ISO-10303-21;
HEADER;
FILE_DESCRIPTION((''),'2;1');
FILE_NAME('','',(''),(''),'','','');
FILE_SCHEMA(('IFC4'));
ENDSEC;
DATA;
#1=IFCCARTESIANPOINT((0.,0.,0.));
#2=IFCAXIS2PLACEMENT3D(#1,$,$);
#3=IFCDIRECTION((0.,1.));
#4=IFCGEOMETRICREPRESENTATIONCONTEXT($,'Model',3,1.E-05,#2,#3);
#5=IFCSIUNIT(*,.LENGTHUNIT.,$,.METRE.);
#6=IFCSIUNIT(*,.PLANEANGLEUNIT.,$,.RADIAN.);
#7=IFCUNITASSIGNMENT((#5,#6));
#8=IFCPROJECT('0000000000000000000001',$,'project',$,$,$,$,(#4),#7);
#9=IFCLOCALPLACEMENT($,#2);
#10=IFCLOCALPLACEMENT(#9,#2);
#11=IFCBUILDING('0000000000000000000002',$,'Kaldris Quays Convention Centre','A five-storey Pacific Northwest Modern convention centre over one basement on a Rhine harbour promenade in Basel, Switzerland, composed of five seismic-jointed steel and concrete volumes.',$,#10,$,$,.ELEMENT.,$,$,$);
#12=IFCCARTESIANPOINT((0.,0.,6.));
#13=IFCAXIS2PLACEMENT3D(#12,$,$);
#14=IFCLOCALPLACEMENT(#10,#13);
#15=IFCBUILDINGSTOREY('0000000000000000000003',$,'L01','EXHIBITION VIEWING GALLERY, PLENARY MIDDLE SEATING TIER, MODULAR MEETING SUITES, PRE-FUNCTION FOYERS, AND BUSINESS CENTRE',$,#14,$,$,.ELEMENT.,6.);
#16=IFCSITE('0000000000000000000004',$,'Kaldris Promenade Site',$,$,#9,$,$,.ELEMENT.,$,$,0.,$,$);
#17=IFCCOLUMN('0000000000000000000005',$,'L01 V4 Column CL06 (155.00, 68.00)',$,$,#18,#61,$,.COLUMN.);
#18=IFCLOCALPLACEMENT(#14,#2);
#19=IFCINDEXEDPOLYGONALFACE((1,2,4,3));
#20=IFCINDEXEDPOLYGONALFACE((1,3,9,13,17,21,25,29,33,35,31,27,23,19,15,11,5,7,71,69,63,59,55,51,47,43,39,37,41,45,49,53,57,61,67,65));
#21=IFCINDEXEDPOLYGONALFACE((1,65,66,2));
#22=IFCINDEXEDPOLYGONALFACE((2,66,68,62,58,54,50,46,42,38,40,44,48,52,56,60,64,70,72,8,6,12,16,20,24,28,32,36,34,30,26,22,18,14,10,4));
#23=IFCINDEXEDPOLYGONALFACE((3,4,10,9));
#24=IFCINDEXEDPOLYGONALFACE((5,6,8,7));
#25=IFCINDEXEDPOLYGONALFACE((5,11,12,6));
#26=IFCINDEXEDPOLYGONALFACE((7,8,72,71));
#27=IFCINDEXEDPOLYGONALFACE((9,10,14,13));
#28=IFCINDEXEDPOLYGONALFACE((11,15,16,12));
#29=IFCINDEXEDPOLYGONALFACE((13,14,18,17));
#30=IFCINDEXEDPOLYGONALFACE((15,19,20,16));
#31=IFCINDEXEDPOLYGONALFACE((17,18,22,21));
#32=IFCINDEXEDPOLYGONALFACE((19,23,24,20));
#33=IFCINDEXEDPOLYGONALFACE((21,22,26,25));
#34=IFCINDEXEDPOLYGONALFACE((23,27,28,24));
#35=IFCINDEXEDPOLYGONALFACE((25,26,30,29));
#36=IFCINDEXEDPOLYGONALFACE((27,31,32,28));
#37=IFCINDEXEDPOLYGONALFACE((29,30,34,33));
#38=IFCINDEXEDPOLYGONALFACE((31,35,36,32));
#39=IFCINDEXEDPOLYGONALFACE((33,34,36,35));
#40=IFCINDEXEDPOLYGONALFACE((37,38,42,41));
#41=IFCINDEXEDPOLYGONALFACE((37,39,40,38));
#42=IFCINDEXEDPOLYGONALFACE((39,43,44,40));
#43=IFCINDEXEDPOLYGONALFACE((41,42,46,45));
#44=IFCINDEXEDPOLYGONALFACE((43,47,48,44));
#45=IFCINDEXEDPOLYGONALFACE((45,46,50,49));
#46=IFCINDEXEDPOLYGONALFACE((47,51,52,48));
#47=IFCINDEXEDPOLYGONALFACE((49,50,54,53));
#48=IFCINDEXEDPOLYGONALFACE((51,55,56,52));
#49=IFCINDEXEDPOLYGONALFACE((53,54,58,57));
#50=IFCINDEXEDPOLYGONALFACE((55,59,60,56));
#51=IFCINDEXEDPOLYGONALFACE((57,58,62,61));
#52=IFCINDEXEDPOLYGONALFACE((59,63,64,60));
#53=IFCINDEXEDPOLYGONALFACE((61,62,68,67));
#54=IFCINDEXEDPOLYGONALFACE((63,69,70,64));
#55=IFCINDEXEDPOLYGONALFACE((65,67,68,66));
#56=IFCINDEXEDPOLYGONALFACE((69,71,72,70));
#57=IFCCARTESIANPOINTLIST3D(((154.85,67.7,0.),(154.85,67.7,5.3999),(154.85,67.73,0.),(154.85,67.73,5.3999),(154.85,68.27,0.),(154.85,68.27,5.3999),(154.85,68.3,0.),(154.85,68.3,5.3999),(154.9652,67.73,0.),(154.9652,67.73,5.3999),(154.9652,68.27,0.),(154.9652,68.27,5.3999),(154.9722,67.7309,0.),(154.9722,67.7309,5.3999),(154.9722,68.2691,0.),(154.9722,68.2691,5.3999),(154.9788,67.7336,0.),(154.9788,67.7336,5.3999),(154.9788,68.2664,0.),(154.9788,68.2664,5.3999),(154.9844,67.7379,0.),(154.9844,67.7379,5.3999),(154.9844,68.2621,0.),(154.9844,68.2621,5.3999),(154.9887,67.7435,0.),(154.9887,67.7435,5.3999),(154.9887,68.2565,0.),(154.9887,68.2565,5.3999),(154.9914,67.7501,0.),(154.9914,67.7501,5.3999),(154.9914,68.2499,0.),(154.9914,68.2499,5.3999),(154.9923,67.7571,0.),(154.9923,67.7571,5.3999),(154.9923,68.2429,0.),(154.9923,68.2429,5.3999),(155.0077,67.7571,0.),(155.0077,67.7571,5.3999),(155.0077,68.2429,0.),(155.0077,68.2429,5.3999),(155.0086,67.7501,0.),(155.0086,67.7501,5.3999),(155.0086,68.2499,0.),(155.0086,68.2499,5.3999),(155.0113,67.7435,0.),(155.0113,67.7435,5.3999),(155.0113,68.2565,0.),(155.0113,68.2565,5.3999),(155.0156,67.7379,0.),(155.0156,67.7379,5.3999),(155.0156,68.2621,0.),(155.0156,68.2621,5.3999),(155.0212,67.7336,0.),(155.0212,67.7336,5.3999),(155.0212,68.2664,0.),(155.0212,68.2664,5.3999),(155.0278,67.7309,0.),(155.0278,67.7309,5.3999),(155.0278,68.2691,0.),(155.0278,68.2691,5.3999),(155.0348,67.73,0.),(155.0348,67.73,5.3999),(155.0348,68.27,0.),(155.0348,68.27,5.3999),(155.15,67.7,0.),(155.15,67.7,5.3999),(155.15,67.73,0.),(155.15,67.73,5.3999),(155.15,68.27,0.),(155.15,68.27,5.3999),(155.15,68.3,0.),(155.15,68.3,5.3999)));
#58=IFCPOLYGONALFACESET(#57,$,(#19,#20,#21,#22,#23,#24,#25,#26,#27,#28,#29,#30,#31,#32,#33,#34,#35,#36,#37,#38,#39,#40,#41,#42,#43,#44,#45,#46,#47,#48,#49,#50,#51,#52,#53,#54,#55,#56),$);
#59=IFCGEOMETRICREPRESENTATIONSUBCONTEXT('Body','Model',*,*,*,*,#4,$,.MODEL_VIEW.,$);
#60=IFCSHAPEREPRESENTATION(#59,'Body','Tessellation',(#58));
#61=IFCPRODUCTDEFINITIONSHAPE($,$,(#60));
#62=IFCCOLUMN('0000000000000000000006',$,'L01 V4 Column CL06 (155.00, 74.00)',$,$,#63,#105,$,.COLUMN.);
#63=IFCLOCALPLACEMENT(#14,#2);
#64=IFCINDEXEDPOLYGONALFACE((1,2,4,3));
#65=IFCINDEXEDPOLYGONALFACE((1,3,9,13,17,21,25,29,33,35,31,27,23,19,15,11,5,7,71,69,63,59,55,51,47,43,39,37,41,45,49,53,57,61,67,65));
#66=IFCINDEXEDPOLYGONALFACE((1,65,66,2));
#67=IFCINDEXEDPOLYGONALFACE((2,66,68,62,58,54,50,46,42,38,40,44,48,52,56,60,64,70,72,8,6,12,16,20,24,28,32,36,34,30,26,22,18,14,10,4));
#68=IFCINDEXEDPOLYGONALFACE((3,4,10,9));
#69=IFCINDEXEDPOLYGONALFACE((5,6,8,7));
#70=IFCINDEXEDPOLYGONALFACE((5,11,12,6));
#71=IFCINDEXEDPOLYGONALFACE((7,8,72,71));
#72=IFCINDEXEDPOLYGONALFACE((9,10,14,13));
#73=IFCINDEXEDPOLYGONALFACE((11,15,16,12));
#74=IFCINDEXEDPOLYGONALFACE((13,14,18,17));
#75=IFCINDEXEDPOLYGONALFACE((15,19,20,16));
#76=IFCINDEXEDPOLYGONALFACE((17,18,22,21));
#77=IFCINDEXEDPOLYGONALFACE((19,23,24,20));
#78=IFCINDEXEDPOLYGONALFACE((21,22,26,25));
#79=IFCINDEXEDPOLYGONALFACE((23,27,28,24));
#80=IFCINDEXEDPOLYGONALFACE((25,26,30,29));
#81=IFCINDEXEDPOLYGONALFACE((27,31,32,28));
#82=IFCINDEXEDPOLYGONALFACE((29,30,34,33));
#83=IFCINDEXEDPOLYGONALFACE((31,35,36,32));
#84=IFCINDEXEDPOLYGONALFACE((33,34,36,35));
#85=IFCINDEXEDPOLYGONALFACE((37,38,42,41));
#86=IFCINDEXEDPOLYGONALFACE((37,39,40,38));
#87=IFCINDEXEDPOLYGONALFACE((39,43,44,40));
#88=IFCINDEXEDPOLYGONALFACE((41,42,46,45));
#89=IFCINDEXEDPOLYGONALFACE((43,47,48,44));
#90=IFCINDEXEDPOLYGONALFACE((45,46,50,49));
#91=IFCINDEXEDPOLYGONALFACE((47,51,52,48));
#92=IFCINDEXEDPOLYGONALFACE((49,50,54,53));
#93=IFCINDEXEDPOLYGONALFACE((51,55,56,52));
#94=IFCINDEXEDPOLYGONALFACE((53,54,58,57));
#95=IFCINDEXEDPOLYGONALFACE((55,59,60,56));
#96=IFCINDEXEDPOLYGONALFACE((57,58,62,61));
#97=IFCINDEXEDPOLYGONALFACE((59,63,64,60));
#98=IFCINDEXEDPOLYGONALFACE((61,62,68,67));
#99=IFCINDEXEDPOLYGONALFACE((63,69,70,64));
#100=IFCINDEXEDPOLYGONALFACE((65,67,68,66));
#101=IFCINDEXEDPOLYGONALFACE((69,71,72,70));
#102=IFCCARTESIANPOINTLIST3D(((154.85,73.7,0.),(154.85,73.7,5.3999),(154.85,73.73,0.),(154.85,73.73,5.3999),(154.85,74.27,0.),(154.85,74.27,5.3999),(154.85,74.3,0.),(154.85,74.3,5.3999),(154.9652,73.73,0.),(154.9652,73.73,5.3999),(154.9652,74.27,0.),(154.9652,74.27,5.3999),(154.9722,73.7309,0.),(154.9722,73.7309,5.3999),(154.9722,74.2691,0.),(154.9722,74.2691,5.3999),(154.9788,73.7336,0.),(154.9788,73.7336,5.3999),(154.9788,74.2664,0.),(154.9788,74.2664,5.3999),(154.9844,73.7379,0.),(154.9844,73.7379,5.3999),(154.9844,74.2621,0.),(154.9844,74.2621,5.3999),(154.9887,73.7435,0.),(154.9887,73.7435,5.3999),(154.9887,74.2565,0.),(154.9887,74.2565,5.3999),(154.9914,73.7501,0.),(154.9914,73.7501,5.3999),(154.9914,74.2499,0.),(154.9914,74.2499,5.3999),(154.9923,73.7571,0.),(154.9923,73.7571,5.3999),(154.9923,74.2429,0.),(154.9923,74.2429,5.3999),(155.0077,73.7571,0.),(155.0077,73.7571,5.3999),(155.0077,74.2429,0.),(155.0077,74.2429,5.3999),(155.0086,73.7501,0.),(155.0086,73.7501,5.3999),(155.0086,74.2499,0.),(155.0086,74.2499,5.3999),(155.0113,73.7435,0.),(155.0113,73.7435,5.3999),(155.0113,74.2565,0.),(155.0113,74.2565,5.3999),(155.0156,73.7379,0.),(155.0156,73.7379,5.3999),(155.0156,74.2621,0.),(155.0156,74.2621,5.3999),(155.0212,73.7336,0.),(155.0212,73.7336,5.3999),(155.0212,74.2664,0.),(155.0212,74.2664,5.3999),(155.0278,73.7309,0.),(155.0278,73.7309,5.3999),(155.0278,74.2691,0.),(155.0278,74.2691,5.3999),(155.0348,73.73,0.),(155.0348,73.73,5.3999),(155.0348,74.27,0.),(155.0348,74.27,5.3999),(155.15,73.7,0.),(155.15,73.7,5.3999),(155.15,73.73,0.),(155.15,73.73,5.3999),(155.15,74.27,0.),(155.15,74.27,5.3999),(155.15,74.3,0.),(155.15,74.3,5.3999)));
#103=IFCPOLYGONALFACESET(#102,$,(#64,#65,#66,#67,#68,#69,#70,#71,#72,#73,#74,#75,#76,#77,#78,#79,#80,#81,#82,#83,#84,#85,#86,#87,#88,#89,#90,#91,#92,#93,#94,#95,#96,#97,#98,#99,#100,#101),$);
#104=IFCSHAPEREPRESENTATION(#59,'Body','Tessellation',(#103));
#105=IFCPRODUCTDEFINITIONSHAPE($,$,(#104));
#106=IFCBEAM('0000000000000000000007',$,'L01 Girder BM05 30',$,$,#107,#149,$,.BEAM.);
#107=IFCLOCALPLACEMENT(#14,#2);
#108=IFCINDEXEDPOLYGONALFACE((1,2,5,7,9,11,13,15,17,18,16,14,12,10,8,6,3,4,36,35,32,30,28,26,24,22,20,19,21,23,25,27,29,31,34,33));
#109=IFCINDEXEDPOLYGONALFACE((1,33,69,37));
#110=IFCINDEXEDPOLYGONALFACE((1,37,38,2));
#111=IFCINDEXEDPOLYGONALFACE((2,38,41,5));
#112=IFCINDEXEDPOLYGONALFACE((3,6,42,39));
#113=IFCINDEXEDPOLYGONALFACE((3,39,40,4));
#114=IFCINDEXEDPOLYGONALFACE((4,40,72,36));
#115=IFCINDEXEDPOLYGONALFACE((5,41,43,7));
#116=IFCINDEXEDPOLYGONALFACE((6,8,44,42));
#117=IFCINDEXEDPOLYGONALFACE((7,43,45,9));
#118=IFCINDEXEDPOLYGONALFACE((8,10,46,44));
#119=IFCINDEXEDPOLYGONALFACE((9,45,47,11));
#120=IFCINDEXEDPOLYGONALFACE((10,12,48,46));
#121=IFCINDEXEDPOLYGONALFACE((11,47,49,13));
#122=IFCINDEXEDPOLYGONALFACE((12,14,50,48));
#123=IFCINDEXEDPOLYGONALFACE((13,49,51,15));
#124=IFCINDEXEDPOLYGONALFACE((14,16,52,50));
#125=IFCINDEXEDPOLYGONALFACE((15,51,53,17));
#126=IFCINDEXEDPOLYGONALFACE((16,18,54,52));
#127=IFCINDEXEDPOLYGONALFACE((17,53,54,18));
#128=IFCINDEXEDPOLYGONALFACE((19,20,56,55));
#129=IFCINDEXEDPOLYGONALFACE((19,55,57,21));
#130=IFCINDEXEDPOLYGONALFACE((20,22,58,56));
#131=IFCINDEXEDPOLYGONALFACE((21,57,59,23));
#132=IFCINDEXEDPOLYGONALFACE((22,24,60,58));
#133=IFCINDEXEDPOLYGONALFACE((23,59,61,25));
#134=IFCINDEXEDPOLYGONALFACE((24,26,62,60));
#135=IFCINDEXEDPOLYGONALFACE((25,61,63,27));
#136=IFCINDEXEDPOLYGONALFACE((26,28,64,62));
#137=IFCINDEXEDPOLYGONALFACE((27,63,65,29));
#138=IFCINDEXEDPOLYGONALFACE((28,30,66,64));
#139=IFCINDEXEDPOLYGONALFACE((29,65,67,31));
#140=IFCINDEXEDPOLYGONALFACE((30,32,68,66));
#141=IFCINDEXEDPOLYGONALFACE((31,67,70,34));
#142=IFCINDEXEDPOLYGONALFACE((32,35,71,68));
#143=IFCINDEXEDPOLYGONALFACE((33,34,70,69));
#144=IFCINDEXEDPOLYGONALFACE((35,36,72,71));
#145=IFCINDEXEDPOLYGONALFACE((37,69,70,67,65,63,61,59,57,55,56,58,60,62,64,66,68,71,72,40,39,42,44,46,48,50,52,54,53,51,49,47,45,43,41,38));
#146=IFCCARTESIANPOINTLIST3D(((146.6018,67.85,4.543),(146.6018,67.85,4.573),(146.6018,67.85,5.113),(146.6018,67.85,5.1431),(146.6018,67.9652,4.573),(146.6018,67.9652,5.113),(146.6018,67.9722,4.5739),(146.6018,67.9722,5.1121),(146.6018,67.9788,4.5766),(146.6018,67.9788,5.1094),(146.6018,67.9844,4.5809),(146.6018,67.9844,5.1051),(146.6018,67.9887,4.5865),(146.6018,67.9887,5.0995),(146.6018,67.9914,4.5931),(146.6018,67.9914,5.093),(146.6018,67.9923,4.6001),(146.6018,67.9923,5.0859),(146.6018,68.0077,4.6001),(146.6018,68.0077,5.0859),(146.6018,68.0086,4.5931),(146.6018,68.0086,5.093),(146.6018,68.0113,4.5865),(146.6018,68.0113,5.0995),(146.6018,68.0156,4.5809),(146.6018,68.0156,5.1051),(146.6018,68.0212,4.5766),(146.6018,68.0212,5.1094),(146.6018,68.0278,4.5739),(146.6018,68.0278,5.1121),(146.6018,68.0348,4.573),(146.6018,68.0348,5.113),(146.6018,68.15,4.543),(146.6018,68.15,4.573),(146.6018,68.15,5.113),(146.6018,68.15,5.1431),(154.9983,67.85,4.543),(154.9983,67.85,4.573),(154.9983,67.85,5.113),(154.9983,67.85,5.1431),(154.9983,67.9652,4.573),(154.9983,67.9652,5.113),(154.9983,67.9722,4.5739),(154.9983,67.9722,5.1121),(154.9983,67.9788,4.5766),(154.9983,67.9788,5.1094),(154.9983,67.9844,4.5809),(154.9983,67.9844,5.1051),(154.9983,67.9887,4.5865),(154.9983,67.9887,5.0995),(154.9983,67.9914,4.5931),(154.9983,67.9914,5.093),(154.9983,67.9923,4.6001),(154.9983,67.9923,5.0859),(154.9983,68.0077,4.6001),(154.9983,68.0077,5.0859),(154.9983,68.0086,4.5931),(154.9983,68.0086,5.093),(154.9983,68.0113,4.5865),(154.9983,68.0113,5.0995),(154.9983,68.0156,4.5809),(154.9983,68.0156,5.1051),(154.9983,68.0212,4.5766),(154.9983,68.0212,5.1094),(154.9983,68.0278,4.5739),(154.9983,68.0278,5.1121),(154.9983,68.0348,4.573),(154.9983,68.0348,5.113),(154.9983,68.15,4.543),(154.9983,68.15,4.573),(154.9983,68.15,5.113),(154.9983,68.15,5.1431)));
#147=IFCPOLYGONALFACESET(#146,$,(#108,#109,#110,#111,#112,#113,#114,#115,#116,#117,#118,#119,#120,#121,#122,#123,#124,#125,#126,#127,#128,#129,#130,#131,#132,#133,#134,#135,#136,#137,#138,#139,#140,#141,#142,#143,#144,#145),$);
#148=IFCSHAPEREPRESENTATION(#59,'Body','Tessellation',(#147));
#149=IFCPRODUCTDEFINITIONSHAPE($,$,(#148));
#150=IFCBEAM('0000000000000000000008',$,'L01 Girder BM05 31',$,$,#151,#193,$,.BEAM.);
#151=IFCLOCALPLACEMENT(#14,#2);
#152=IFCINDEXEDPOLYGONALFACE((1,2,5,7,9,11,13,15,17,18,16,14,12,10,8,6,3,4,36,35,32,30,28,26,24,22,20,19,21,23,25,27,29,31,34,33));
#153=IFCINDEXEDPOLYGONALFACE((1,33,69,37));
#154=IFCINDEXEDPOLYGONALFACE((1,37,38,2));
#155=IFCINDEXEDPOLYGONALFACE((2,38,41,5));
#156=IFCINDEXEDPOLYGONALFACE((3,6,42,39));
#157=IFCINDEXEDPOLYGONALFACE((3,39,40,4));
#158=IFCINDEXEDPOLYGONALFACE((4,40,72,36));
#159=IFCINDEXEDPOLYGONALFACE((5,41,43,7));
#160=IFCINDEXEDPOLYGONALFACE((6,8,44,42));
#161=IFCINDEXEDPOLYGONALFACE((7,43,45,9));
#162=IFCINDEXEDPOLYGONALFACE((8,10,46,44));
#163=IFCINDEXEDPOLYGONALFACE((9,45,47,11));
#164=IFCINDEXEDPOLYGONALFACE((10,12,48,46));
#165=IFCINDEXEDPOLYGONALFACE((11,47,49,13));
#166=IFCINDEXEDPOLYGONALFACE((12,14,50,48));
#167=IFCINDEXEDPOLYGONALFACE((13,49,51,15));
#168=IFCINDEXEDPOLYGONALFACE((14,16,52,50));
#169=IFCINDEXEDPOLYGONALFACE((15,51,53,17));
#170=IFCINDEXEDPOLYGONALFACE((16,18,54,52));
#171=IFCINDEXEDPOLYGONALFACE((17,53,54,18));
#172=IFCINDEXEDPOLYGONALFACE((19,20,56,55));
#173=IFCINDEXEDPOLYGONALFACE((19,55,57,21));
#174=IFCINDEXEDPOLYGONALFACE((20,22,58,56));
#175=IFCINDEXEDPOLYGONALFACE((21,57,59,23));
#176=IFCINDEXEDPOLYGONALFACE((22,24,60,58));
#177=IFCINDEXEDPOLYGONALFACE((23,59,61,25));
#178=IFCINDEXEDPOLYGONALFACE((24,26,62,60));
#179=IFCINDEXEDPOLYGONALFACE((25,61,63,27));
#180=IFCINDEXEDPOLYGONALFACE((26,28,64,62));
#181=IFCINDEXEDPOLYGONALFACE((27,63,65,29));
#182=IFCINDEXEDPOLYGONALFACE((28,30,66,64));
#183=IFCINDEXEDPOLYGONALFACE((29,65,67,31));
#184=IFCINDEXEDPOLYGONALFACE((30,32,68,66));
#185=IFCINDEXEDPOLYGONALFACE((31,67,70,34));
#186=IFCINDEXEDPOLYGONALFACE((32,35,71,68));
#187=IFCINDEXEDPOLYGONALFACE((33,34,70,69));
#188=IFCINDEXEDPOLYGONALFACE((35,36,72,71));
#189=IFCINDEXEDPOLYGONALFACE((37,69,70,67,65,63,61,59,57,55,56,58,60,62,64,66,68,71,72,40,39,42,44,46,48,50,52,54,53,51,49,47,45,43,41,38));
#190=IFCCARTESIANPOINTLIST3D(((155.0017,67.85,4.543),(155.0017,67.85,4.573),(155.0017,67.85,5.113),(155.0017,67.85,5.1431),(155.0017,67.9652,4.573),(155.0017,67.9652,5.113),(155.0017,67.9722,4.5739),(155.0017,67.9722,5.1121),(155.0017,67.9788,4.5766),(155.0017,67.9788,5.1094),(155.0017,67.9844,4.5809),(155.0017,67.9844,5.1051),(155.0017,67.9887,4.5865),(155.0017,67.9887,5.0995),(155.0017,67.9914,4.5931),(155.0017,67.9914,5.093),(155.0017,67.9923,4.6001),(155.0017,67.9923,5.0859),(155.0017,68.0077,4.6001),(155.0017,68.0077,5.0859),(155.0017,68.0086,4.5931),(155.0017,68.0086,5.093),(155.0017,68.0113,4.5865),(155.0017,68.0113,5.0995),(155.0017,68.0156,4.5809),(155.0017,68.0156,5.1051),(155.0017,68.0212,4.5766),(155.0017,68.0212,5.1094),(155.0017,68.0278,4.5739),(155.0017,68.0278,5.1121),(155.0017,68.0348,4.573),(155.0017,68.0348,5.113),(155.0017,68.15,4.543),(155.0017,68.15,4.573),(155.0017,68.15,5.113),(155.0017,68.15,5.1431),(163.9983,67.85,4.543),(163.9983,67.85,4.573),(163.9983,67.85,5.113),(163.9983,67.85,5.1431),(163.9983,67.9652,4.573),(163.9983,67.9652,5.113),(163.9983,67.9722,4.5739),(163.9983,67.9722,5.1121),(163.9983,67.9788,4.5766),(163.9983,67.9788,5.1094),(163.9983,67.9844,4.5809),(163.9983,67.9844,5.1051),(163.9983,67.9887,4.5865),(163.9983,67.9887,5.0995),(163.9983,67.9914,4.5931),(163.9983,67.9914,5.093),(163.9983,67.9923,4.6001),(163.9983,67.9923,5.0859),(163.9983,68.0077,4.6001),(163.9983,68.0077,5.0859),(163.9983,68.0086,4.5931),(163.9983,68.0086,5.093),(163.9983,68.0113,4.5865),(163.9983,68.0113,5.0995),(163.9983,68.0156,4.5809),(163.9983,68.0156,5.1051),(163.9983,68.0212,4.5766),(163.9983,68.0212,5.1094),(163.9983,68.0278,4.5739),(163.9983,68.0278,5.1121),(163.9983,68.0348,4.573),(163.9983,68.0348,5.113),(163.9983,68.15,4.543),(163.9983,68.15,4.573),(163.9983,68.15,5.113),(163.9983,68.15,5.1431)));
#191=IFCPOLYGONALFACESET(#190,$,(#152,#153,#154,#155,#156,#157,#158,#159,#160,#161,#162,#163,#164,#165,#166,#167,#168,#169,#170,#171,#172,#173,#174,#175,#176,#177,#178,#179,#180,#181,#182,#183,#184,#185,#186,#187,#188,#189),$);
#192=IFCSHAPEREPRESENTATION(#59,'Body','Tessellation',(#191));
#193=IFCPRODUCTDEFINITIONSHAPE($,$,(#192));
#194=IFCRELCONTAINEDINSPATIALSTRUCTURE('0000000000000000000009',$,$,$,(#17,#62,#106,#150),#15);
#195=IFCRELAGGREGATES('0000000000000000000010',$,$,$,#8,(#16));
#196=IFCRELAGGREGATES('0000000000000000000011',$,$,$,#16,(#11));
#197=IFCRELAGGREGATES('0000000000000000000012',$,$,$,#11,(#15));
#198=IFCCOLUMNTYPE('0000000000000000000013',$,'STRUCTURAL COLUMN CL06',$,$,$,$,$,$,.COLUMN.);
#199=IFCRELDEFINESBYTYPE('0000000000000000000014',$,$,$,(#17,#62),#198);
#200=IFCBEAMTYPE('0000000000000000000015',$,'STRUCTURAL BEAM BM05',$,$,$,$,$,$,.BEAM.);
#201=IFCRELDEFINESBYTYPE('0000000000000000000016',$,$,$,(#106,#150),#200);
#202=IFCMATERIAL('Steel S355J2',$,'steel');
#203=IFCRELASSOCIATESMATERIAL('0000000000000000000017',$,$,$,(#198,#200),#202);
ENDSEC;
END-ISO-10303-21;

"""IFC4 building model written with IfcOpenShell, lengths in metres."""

from ifc_helpers import new_model, si_unit, direction, frame, origin, origin_2d, place, context, subcontext, project, spatial, i_section, extrude, material, material_profile, profile_set, type_object, element, save


model = new_model("IFC4")

# Units and contexts
model_context = context("Model", 3, precision=1e-05, world=origin(), true_north=direction((0.0, 1.0)))
body_context = subcontext(model_context, "Body", "Model", "MODEL_VIEW")
ifc_project = project(units=[si_unit("LENGTHUNIT", "METRE"), si_unit("PLANEANGLEUNIT", "RADIAN")], contexts=[model_context])

# Site, building, storey
site_placement = place(None, origin())
site = spatial("IfcSite", under=ifc_project, at=site_placement, Name="Kaldris Promenade Site", CompositionType="ELEMENT", RefElevation=0.0)
building_placement = place(site_placement, origin())
building = spatial("IfcBuilding", under=site, at=building_placement, Name="Kaldris Quays Convention Centre", Description="A five-storey Pacific Northwest Modern convention centre over one basement on a Rhine harbour promenade in Basel, Switzerland, composed of five seismic-jointed steel and concrete volumes.", CompositionType="ELEMENT")
storey_placement = place(building_placement, frame((0.0, 0.0, 6.0)))
storey = spatial("IfcBuildingStorey", under=building, at=storey_placement, Name="L01", Description="EXHIBITION VIEWING GALLERY, PLENARY MIDDLE SEATING TIER, MODULAR MEETING SUITES, PRE-FUNCTION FOYERS, AND BUSINESS CENTRE", CompositionType="ELEMENT", Elevation=6.0)

# Columns
ifc_material_1 = material(Name="Steel S355J2", Category="steel")
ifc_material_profile_1 = material_profile(ifc_material_1, i_section(OverallWidth=0.3, OverallDepth=0.6001, WebThickness=0.0154, FlangeThickness=0.03, FilletRadius=0.0271, at=origin_2d()), Name="HEB 600")
ifc_profile_set_1 = profile_set([ifc_material_profile_1], Name="Steel S355J2")
column_type_1 = type_object("IfcColumnType", Name="STRUCTURAL COLUMN CL06", PredefinedType="COLUMN", material=ifc_profile_set_1)
for number, where, z_axis, x_axis, name in (
    (1, (155.0, 68.0, 0.0), (0.0, 0.0, 1.0), (1.0, 0.0, 0.0), "L01 V4 Column CL06 (155.00, 68.00)"),
    (2, (155.0, 74.0, 0.0), (0.0, 0.0, 1.0), (1.0, 0.0, 0.0), "L01 V4 Column CL06 (155.00, 74.00)"),
):
    element("IfcColumn", number, at=place(storey_placement, frame(where, z_axis=z_axis, x_axis=x_axis)), inside=storey, type_object=column_type_1, Name=name, PredefinedType="COLUMN", context=body_context, shape_type="SweptSolid", body=[
        extrude(i_section(OverallWidth=0.3, OverallDepth=0.6001, WebThickness=0.0154, FlangeThickness=0.03, FilletRadius=0.0271, at=origin_2d()), origin(), (0.0, 0.0, 1.0), 5.3999),
    ])

# Beams
ifc_material_profile_2 = material_profile(ifc_material_1, i_section(OverallWidth=0.3, OverallDepth=0.6001, WebThickness=0.0154, FlangeThickness=0.03, FilletRadius=0.0271, at=origin_2d()), Name="HEB 600")
ifc_profile_set_2 = profile_set([ifc_material_profile_2], Name="Steel S355J2")
beam_type_1 = type_object("IfcBeamType", Name="STRUCTURAL BEAM BM05", PredefinedType="BEAM", material=ifc_profile_set_2)
beam_1_placement = place(storey_placement, frame((146.6018, 68.0, 4.843), z_axis=(1.0, 0.0, 0.0), x_axis=(0.0, 1.0, 0.0)))
element("IfcBeam", 3, at=beam_1_placement, inside=storey, type_object=beam_type_1, Name="L01 Girder BM05 30", PredefinedType="BEAM", context=body_context, shape_type="SweptSolid", body=[
    extrude(i_section(OverallWidth=0.3, OverallDepth=0.6001, WebThickness=0.0154, FlangeThickness=0.03, FilletRadius=0.0271, at=origin_2d()), origin(), (0.0, 0.0, 1.0), 8.3965),
])
beam_2_placement = place(storey_placement, frame((155.0017, 68.0, 4.843), z_axis=(1.0, 0.0, 0.0), x_axis=(0.0, 1.0, 0.0)))
element("IfcBeam", 4, at=beam_2_placement, inside=storey, type_object=beam_type_1, Name="L01 Girder BM05 31", PredefinedType="BEAM", context=body_context, shape_type="SweptSolid", body=[
    extrude(i_section(OverallWidth=0.3, OverallDepth=0.6001, WebThickness=0.0154, FlangeThickness=0.03, FilletRadius=0.0271, at=origin_2d()), origin(), (0.0, 0.0, 1.0), 8.9966),
])

save(model, "model.ifc")
